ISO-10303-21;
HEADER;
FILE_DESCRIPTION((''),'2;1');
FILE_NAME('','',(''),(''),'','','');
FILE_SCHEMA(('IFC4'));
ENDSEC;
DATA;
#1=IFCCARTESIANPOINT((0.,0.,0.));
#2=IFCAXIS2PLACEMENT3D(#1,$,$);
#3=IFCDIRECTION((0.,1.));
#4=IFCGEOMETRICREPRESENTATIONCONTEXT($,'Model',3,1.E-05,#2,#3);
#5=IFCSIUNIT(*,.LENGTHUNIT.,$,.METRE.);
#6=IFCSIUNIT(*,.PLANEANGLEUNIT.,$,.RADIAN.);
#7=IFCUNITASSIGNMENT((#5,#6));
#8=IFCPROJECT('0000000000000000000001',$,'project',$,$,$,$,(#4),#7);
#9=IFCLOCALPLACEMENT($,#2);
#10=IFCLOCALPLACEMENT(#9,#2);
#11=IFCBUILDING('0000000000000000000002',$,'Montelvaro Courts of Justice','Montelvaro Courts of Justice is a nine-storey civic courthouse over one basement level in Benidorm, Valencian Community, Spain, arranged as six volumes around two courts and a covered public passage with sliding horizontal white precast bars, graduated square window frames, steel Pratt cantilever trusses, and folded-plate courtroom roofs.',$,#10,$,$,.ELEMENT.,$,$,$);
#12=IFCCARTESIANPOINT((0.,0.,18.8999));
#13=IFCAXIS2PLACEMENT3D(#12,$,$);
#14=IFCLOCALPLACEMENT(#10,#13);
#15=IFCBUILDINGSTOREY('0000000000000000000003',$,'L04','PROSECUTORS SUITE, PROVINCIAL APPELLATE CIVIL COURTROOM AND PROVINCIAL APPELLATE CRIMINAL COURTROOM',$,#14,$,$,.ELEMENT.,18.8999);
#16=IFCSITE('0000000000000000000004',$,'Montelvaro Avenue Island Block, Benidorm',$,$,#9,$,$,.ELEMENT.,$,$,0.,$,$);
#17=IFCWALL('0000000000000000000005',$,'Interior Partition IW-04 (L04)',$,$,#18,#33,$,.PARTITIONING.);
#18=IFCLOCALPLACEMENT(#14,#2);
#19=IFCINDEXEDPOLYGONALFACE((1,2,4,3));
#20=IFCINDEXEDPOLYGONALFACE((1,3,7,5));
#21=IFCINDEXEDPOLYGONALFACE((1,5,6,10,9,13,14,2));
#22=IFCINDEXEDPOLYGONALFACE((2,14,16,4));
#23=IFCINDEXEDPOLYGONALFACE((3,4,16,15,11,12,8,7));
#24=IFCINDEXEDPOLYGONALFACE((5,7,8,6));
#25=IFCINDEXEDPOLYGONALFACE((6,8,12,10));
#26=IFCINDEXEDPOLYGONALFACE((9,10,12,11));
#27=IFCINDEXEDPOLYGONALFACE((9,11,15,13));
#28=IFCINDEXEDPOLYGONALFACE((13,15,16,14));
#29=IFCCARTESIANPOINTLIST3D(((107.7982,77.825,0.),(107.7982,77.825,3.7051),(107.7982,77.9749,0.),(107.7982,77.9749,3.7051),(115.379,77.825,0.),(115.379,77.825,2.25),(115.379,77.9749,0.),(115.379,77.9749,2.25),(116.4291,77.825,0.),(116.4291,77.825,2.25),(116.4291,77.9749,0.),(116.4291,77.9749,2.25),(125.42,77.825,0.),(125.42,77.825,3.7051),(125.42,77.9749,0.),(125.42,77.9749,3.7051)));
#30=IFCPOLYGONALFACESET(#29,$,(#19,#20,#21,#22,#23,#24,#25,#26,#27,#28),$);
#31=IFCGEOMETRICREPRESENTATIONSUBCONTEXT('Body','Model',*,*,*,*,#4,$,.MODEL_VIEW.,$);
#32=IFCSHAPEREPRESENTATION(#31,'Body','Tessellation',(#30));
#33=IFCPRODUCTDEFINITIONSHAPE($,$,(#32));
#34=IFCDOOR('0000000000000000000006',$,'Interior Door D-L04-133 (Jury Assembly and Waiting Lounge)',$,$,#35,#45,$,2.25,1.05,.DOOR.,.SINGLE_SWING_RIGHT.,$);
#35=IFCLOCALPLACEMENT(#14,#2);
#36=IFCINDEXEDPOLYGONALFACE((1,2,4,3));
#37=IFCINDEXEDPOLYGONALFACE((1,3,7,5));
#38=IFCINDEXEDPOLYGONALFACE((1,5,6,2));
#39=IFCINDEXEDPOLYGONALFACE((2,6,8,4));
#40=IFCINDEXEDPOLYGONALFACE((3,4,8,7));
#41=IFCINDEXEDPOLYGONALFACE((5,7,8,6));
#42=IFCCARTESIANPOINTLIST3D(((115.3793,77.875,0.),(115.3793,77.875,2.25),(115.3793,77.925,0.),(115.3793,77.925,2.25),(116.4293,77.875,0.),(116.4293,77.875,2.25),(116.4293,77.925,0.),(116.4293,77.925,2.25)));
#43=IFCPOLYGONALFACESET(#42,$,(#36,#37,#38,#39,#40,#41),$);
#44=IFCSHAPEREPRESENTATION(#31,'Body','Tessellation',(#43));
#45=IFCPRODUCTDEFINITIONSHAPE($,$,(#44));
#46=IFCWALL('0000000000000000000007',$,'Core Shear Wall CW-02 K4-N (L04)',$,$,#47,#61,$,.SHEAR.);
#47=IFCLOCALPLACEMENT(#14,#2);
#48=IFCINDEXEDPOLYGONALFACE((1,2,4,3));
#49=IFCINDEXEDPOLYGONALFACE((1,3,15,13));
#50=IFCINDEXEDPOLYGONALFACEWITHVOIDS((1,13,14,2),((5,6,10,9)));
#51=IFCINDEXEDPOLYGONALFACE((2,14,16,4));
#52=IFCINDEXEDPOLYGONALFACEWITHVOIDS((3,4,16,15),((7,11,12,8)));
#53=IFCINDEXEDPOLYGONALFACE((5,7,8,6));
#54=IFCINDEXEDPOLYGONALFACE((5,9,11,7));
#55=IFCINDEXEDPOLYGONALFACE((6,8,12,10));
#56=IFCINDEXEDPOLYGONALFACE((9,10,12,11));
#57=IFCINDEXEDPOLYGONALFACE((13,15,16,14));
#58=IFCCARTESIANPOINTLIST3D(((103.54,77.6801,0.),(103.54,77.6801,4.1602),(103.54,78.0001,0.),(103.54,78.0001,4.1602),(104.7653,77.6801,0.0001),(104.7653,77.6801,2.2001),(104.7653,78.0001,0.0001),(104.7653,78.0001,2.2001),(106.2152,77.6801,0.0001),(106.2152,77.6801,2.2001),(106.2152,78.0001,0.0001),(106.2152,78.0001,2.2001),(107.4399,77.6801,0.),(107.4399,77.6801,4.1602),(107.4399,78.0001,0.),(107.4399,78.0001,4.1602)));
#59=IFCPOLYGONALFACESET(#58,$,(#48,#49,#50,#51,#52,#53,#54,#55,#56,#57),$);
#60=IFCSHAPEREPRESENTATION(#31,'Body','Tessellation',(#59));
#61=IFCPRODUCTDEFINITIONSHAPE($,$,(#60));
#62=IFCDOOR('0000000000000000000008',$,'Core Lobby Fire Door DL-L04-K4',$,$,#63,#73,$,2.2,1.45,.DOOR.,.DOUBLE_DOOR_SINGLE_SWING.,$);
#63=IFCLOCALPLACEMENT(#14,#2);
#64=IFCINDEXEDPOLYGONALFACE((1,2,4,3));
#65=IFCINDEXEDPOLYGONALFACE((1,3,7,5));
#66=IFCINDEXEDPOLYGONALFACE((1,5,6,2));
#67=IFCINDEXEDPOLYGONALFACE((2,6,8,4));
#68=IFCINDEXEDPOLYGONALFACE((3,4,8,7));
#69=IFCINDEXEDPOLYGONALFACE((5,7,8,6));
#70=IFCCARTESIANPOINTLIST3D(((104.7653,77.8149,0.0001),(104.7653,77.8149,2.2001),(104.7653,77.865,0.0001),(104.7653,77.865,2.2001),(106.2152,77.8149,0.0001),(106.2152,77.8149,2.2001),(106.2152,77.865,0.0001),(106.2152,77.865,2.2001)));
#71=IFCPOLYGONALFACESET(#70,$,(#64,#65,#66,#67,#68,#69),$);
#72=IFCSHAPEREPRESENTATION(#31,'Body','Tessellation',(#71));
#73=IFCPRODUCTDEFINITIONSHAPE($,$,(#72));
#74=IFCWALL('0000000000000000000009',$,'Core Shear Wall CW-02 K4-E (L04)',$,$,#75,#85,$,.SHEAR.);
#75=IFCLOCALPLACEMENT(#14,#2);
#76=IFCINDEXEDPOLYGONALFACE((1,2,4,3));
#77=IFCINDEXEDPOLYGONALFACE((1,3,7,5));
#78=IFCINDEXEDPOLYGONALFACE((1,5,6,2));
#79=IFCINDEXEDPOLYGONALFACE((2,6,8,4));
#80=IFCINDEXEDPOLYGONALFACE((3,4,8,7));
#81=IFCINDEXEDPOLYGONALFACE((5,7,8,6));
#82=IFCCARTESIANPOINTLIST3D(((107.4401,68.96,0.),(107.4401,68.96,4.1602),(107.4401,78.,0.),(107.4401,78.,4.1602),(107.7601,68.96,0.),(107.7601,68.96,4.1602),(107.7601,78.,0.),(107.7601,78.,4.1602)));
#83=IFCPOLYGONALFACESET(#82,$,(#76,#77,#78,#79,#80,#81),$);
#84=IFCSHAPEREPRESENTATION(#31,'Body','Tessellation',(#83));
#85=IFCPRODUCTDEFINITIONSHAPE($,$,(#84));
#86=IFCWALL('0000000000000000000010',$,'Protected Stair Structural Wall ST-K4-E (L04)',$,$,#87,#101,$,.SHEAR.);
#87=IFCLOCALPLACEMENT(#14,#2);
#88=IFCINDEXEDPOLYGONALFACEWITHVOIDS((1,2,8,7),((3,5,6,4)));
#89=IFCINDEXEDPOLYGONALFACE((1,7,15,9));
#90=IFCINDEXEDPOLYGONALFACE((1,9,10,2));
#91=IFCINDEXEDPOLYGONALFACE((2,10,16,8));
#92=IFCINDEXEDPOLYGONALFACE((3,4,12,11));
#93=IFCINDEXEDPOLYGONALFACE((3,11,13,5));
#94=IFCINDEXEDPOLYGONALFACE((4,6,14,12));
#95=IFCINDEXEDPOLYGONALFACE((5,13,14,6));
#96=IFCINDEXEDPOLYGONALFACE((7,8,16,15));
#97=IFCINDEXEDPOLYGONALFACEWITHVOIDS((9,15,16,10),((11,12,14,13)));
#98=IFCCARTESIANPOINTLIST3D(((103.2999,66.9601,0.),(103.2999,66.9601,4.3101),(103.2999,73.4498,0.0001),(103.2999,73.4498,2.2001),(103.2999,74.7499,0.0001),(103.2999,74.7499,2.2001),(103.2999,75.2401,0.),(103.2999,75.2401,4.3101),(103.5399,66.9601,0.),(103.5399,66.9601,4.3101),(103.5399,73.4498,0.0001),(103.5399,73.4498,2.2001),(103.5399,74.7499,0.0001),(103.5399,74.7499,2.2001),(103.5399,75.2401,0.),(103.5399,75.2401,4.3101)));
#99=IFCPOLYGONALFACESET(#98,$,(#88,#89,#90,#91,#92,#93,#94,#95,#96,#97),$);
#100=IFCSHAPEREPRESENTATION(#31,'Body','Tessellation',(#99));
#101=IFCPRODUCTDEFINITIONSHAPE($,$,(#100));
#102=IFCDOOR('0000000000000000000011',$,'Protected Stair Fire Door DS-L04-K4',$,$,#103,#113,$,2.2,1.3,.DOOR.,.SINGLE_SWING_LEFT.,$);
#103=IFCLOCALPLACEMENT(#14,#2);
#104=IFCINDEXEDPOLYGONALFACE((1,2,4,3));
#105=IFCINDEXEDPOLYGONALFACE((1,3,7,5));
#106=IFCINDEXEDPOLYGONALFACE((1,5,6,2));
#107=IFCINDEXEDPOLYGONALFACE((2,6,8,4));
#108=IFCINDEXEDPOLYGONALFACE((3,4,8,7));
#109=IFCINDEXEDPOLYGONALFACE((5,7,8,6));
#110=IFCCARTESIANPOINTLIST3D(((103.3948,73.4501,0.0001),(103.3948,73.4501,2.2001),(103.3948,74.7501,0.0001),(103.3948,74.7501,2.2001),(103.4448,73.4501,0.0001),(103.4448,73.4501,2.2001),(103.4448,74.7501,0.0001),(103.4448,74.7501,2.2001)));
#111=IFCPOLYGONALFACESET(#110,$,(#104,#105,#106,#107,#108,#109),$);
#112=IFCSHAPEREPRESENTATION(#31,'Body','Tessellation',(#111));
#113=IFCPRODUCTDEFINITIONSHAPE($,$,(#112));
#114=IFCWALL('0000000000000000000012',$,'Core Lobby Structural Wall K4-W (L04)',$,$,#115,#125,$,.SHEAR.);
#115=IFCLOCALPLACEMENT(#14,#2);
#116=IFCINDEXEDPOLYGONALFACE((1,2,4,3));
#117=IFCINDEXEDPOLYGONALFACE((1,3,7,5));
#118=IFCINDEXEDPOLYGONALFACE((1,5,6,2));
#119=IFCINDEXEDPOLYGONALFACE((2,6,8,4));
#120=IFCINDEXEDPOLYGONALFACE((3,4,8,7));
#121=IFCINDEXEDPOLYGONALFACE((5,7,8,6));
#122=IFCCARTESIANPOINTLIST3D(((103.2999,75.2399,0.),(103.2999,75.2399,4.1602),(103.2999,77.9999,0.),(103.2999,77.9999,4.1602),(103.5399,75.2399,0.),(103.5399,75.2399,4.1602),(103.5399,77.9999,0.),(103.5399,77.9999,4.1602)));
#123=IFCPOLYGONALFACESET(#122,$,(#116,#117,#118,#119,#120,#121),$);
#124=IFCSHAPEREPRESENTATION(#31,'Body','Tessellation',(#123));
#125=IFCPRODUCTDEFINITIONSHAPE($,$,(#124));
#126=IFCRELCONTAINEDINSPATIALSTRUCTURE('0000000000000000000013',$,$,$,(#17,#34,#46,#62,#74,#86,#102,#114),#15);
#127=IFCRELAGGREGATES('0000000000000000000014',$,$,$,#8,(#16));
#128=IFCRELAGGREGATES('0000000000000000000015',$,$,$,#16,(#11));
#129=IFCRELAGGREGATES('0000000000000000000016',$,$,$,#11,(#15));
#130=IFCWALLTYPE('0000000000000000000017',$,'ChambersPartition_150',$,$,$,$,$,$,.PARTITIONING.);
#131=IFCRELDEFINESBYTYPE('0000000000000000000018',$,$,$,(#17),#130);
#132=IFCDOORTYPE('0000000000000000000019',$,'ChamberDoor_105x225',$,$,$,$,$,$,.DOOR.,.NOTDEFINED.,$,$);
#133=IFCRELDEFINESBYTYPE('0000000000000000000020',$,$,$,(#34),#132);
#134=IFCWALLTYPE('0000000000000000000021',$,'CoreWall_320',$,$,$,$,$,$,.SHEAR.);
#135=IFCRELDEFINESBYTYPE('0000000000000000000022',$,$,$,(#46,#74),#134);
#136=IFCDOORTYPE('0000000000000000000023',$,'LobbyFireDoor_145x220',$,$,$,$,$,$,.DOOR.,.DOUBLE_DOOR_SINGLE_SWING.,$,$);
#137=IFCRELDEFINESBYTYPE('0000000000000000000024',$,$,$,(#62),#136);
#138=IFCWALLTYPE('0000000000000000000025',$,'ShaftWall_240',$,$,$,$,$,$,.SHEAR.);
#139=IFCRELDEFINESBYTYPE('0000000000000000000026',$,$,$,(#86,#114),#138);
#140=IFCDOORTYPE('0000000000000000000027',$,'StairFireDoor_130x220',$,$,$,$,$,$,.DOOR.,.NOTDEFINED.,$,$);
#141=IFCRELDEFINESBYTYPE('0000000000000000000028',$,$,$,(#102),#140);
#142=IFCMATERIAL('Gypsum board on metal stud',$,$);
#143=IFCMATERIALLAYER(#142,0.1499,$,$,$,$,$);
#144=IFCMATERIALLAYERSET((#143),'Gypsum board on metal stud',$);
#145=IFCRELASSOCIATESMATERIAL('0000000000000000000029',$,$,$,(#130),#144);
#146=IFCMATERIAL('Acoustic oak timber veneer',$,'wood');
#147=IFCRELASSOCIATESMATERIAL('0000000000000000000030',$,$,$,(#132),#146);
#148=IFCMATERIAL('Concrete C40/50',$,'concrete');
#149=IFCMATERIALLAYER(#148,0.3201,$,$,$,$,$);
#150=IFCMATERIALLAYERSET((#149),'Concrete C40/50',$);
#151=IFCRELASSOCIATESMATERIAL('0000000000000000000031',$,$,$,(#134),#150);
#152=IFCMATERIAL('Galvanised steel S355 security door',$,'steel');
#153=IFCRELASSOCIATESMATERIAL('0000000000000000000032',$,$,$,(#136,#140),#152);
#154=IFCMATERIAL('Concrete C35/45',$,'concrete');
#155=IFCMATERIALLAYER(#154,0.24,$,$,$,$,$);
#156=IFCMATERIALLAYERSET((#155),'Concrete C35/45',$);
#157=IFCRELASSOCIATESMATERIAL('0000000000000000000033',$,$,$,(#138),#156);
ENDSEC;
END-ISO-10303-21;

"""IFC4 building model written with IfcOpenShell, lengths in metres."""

from ifc_helpers import new_model, si_unit, direction, frame, frame_2d, origin, place, context, subcontext, project, spatial, rectangle, extrude, material, layer, layer_set, type_object, element, fill, save


model = new_model("IFC4")

# Units and contexts
model_context = context("Model", 3, precision=1e-05, world=origin(), true_north=direction((0.0, 1.0)))
body_context = subcontext(model_context, "Body", "Model", "MODEL_VIEW")
ifc_project = project(units=[si_unit("LENGTHUNIT", "METRE"), si_unit("PLANEANGLEUNIT", "RADIAN")], contexts=[model_context])

# Site, building, storey
site_placement = place(None, origin())
site = spatial("IfcSite", under=ifc_project, at=site_placement, Name="Montelvaro Avenue Island Block, Benidorm", CompositionType="ELEMENT", RefElevation=0.0)
building_placement = place(site_placement, origin())
building = spatial("IfcBuilding", under=site, at=building_placement, Name="Montelvaro Courts of Justice", Description="Montelvaro Courts of Justice is a nine-storey civic courthouse over one basement level in Benidorm, Valencian Community, Spain, arranged as six volumes around two courts and a covered public passage with sliding horizontal white precast bars, graduated square window frames, steel Pratt cantilever trusses, and folded-plate courtroom roofs.", CompositionType="ELEMENT")
storey_placement = place(building_placement, frame((0.0, 0.0, 18.8999)))
storey = spatial("IfcBuildingStorey", under=building, at=storey_placement, Name="L04", Description="PROSECUTORS SUITE, PROVINCIAL APPELLATE CIVIL COURTROOM AND PROVINCIAL APPELLATE CRIMINAL COURTROOM", CompositionType="ELEMENT", Elevation=18.8999)

# Shared definitions
ifc_material_1 = material(Name="Gypsum board on metal stud")
ifc_layer_1 = layer(ifc_material_1, 0.1499)
ifc_layer_set_1 = layer_set([ifc_layer_1], Name="Gypsum board on metal stud")
wall_type_1 = type_object("IfcWallType", Name="ChambersPartition_150", PredefinedType="PARTITIONING", material=ifc_layer_set_1)

# Walls, openings, doors
wall_1_placement = place(storey_placement, frame((107.7981, 77.8999, 0.0), z_axis=(0.0, 0.0, 1.0), x_axis=(1.0, 0.0, 0.0)))
wall_1 = element("IfcWall", 1, at=wall_1_placement, inside=storey, type_object=wall_type_1, Name="Interior Partition IW-04 (L04)", PredefinedType="PARTITIONING", context=body_context, shape_type="SweptSolid", body=[
    extrude(rectangle(XDim=17.6218, YDim=0.1499, at=frame_2d((8.811, 0.0))), origin(), (0.0, 0.0, 1.0), 3.7051),
])
opening_1_placement = place(wall_1_placement, frame((7.5811, 0.0, 0.0)))
opening_1 = element("IfcOpeningElement", 2, at=opening_1_placement, cuts=wall_1, PredefinedType="OPENING", context=body_context, shape_type="SweptSolid", body=[
    extrude(rectangle(XDim=1.05, YDim=2.25, at=frame_2d((0.5249, 1.125))), frame((0.0, 0.0898, 0.0), z_axis=(0.0, -1.0, 0.0), x_axis=(1.0, 0.0, 0.0)), (0.0, 0.0, 1.0), 0.1797),
])
ifc_material_2 = material(Name="Acoustic oak timber veneer", Category="wood")
door_type_1 = type_object("IfcDoorType", Name="ChamberDoor_105x225", OperationType="NOTDEFINED", PredefinedType="DOOR", material=ifc_material_2)
door_1_placement = place(opening_1_placement, frame((1.05, 0.0, 0.0), z_axis=(0.0, 0.0, 1.0), x_axis=(-1.0, 0.0, 0.0)))
door_1 = element("IfcDoor", 3, at=door_1_placement, inside=storey, type_object=door_type_1, Name="Interior Door D-L04-133 (Jury Assembly and Waiting Lounge)", OperationType="SINGLE_SWING_RIGHT", OverallHeight=2.25, OverallWidth=1.05, PredefinedType="DOOR", context=body_context, shape_type="SweptSolid", body=[
    extrude(rectangle(XDim=1.05, YDim=2.25, at=frame_2d((0.5249, 1.125))), frame((0.0, 0.0249, 0.0), z_axis=(0.0, -1.0, 0.0), x_axis=(1.0, 0.0, 0.0)), (0.0, 0.0, 1.0), 0.05),
])
fill(opening_1, door_1)
ifc_material_3 = material(Name="Concrete C40/50", Category="concrete")
ifc_layer_2 = layer(ifc_material_3, 0.3201)
ifc_layer_set_2 = layer_set([ifc_layer_2], Name="Concrete C40/50")
wall_type_2 = type_object("IfcWallType", Name="CoreWall_320", PredefinedType="SHEAR", material=ifc_layer_set_2)
wall_2_placement = place(storey_placement, frame((103.54, 77.8401, 0.0), z_axis=(0.0, 0.0, 1.0), x_axis=(1.0, 0.0, 0.0)))
wall_2 = element("IfcWall", 4, at=wall_2_placement, inside=storey, type_object=wall_type_2, Name="Core Shear Wall CW-02 K4-N (L04)", PredefinedType="SHEAR", context=body_context, shape_type="SweptSolid", body=[
    extrude(rectangle(XDim=3.8999, YDim=0.3201, at=frame_2d((1.95, 0.0))), origin(), (0.0, 0.0, 1.0), 4.1602),
])
opening_2_placement = place(wall_2_placement, frame((1.2251, 0.0, 0.0)))
opening_2 = element("IfcOpeningElement", 5, at=opening_2_placement, cuts=wall_2, PredefinedType="OPENING", context=body_context, shape_type="SweptSolid", body=[
    extrude(rectangle(XDim=1.45, YDim=2.2, at=frame_2d((0.7251, 1.1001))), frame((0.0, 0.1748, 0.0), z_axis=(0.0, -1.0, 0.0), x_axis=(1.0, 0.0, 0.0)), (0.0, 0.0, 1.0), 0.3499),
])
ifc_material_4 = material(Name="Galvanised steel S355 security door", Category="steel")
door_type_2 = type_object("IfcDoorType", Name="LobbyFireDoor_145x220", OperationType="DOUBLE_DOOR_SINGLE_SWING", PredefinedType="DOOR", material=ifc_material_4)
door_2_placement = place(opening_2_placement, origin())
door_2 = element("IfcDoor", 6, at=door_2_placement, inside=storey, type_object=door_type_2, Name="Core Lobby Fire Door DL-L04-K4", OperationType="DOUBLE_DOOR_SINGLE_SWING", OverallHeight=2.2, OverallWidth=1.45, PredefinedType="DOOR", context=body_context, shape_type="SweptSolid", body=[
    extrude(rectangle(XDim=1.45, YDim=2.2, at=frame_2d((0.7251, 1.1001))), frame((0.0, 0.0249, 0.0), z_axis=(0.0, -1.0, 0.0), x_axis=(1.0, 0.0, 0.0)), (0.0, 0.0, 1.0), 0.05),
])
fill(opening_2, door_2)

# Wall
wall_3_placement = place(storey_placement, frame((107.6001, 68.96, 0.0), z_axis=(0.0, 0.0, 1.0), x_axis=(0.0, 1.0, 0.0)))
element("IfcWall", 7, at=wall_3_placement, inside=storey, type_object=wall_type_2, Name="Core Shear Wall CW-02 K4-E (L04)", PredefinedType="SHEAR", context=body_context, shape_type="SweptSolid", body=[
    extrude(rectangle(XDim=9.04, YDim=0.3201, at=frame_2d((4.52, 0.0))), origin(), (0.0, 0.0, 1.0), 4.1602),
])

# Wall, opening, door
ifc_material_5 = material(Name="Concrete C35/45", Category="concrete")
ifc_layer_3 = layer(ifc_material_5, 0.24)
ifc_layer_set_3 = layer_set([ifc_layer_3], Name="Concrete C35/45")
wall_type_3 = type_object("IfcWallType", Name="ShaftWall_240", PredefinedType="SHEAR", material=ifc_layer_set_3)
wall_4_placement = place(storey_placement, frame((103.4199, 66.96, 0.0), z_axis=(0.0, 0.0, 1.0), x_axis=(0.0, 1.0, 0.0)))
wall_4 = element("IfcWall", 8, at=wall_4_placement, inside=storey, type_object=wall_type_3, Name="Protected Stair Structural Wall ST-K4-E (L04)", PredefinedType="SHEAR", context=body_context, shape_type="SweptSolid", body=[
    extrude(rectangle(XDim=8.28, YDim=0.24, at=frame_2d((4.1401, 0.0))), origin(), (0.0, 0.0, 1.0), 4.3101),
])
opening_3_placement = place(wall_4_placement, frame((6.49, 0.0, 0.0)))
opening_3 = element("IfcOpeningElement", 9, at=opening_3_placement, cuts=wall_4, PredefinedType="OPENING", context=body_context, shape_type="SweptSolid", body=[
    extrude(rectangle(XDim=1.3, YDim=2.2, at=frame_2d((0.6499, 1.1001))), frame((0.0, 0.1348, 0.0), z_axis=(0.0, -1.0, 0.0), x_axis=(1.0, 0.0, 0.0)), (0.0, 0.0, 1.0), 0.2698),
])
door_type_3 = type_object("IfcDoorType", Name="StairFireDoor_130x220", OperationType="NOTDEFINED", PredefinedType="DOOR", material=ifc_material_4)
door_3_placement = place(opening_3_placement, frame((1.3, 0.0, 0.0), z_axis=(0.0, 0.0, 1.0), x_axis=(-1.0, 0.0, 0.0)))
door_3 = element("IfcDoor", 10, at=door_3_placement, inside=storey, type_object=door_type_3, Name="Protected Stair Fire Door DS-L04-K4", OperationType="SINGLE_SWING_LEFT", OverallHeight=2.2, OverallWidth=1.3, PredefinedType="DOOR", context=body_context, shape_type="SweptSolid", body=[
    extrude(rectangle(XDim=1.3, YDim=2.2, at=frame_2d((0.6499, 1.1001))), frame((0.0, 0.0249, 0.0), z_axis=(0.0, -1.0, 0.0), x_axis=(1.0, 0.0, 0.0)), (0.0, 0.0, 1.0), 0.05),
])
fill(opening_3, door_3)

# Wall
wall_5_placement = place(storey_placement, frame((103.4199, 75.24, 0.0), z_axis=(0.0, 0.0, 1.0), x_axis=(0.0, 1.0, 0.0)))
element("IfcWall", 11, at=wall_5_placement, inside=storey, type_object=wall_type_3, Name="Core Lobby Structural Wall K4-W (L04)", PredefinedType="SHEAR", context=body_context, shape_type="SweptSolid", body=[
    extrude(rectangle(XDim=2.76, YDim=0.24, at=frame_2d((1.3799, 0.0))), origin(), (0.0, 0.0, 1.0), 4.1602),
])

save(model, "model.ifc")
